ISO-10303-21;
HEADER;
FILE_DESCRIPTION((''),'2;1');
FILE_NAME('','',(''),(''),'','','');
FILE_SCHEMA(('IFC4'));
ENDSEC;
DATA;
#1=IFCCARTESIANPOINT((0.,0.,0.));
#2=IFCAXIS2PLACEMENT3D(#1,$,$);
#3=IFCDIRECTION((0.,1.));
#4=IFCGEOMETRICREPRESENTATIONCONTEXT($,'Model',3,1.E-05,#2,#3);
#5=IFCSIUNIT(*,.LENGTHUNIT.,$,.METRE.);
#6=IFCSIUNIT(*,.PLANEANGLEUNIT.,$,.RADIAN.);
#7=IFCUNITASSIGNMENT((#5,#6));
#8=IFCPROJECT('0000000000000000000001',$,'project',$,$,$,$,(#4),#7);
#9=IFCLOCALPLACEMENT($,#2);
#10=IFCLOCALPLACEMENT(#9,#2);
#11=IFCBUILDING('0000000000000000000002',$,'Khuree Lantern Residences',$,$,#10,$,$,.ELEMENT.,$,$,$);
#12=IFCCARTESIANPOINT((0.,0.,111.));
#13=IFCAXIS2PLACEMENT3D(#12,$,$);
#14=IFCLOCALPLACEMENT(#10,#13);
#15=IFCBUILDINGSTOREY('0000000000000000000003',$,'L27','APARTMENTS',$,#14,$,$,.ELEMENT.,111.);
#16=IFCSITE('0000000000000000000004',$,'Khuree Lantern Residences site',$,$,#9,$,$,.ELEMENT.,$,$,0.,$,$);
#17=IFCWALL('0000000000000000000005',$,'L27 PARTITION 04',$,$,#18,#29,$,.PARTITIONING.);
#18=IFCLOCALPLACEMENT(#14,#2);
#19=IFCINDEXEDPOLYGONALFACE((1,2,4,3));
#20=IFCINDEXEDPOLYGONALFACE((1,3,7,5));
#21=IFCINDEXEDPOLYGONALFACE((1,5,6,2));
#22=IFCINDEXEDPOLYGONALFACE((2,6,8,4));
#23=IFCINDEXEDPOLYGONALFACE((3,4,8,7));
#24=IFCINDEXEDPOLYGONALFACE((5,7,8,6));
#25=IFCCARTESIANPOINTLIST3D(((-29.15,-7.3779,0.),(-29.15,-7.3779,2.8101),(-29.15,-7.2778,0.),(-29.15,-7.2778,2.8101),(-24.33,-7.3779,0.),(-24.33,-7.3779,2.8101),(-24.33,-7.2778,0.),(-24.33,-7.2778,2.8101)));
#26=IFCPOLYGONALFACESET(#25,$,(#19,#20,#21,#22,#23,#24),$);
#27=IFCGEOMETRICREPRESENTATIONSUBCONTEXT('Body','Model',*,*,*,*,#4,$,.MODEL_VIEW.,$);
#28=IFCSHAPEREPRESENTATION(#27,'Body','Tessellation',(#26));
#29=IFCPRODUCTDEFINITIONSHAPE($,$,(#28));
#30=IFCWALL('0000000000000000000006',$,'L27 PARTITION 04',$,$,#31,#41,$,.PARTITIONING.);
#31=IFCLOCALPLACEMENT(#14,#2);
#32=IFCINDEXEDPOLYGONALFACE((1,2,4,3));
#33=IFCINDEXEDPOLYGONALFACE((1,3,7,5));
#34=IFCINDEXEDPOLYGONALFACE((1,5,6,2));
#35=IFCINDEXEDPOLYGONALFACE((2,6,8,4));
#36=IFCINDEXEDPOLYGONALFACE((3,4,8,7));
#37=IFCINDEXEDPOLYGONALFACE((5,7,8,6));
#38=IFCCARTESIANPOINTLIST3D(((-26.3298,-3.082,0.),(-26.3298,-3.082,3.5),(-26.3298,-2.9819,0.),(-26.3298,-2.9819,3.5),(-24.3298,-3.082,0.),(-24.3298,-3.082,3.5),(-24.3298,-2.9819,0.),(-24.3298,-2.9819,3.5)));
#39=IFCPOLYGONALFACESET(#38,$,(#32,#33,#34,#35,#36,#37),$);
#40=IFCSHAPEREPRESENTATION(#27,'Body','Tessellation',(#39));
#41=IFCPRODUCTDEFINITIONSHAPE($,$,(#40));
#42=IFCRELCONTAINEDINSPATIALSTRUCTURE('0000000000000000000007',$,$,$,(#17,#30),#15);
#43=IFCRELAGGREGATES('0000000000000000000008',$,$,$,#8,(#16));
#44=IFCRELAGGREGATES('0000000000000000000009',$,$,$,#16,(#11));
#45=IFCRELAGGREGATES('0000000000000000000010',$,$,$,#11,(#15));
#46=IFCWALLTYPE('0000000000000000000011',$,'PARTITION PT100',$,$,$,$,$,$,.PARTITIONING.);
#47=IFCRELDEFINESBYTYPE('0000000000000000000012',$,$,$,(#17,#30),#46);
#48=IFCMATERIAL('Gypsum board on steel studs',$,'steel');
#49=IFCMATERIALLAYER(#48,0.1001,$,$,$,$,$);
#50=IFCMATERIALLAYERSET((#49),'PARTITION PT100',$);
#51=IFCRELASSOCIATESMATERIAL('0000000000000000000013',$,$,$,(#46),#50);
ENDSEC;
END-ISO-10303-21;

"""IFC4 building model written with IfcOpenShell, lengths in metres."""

from ifc_helpers import new_model, si_unit, direction, frame, frame_2d, origin, place, context, subcontext, project, spatial, rectangle, extrude, material, layer, layer_set, type_object, element, save


model = new_model("IFC4")

# Units and contexts
model_context = context("Model", 3, precision=1e-05, world=origin(), true_north=direction((0.0, 1.0)))
body_context = subcontext(model_context, "Body", "Model", "MODEL_VIEW")
ifc_project = project(units=[si_unit("LENGTHUNIT", "METRE"), si_unit("PLANEANGLEUNIT", "RADIAN")], contexts=[model_context])

# Site, building, storey
site_placement = place(None, origin())
site = spatial("IfcSite", under=ifc_project, at=site_placement, Name="Khuree Lantern Residences site", CompositionType="ELEMENT", RefElevation=0.0)
building_placement = place(site_placement, origin())
building = spatial("IfcBuilding", under=site, at=building_placement, Name="Khuree Lantern Residences", CompositionType="ELEMENT")
storey_placement = place(building_placement, frame((0.0, 0.0, 111.0)))
storey = spatial("IfcBuildingStorey", under=building, at=storey_placement, Name="L27", Description="APARTMENTS", CompositionType="ELEMENT", Elevation=111.0)

# Shared definitions
ifc_material_1 = material(Name="Gypsum board on steel studs", Category="steel")

# Walls
ifc_layer_1 = layer(ifc_material_1, 0.1001)
ifc_layer_set_1 = layer_set([ifc_layer_1], Name="PARTITION PT100")
wall_type_1 = type_object("IfcWallType", Name="PARTITION PT100", PredefinedType="PARTITIONING", material=ifc_layer_set_1)
wall_1_placement = place(storey_placement, frame((-24.3298, -7.3279, 0.0), z_axis=(0.0, 0.0, 1.0), x_axis=(-1.0, 0.0, 0.0)))
element("IfcWall", 1, at=wall_1_placement, inside=storey, type_object=wall_type_1, Name="L27 PARTITION 04", PredefinedType="PARTITIONING", context=body_context, shape_type="SweptSolid", body=[
    extrude(rectangle(XDim=4.8201, YDim=0.1001, at=frame_2d((2.4102, 0.0))), origin(), (0.0, 0.0, 1.0), 2.8101),
])
wall_2_placement = place(storey_placement, frame((-24.3298, -3.032, 0.0), z_axis=(0.0, 0.0, 1.0), x_axis=(-1.0, 0.0, 0.0)))
element("IfcWall", 2, at=wall_2_placement, inside=storey, type_object=wall_type_1, Name="L27 PARTITION 04", PredefinedType="PARTITIONING", context=body_context, shape_type="SweptSolid", body=[
    extrude(rectangle(XDim=2.0, YDim=0.1001, at=frame_2d((1.0, 0.0))), origin(), (0.0, 0.0, 1.0), 3.5),
])

save(model, "model.ifc")
